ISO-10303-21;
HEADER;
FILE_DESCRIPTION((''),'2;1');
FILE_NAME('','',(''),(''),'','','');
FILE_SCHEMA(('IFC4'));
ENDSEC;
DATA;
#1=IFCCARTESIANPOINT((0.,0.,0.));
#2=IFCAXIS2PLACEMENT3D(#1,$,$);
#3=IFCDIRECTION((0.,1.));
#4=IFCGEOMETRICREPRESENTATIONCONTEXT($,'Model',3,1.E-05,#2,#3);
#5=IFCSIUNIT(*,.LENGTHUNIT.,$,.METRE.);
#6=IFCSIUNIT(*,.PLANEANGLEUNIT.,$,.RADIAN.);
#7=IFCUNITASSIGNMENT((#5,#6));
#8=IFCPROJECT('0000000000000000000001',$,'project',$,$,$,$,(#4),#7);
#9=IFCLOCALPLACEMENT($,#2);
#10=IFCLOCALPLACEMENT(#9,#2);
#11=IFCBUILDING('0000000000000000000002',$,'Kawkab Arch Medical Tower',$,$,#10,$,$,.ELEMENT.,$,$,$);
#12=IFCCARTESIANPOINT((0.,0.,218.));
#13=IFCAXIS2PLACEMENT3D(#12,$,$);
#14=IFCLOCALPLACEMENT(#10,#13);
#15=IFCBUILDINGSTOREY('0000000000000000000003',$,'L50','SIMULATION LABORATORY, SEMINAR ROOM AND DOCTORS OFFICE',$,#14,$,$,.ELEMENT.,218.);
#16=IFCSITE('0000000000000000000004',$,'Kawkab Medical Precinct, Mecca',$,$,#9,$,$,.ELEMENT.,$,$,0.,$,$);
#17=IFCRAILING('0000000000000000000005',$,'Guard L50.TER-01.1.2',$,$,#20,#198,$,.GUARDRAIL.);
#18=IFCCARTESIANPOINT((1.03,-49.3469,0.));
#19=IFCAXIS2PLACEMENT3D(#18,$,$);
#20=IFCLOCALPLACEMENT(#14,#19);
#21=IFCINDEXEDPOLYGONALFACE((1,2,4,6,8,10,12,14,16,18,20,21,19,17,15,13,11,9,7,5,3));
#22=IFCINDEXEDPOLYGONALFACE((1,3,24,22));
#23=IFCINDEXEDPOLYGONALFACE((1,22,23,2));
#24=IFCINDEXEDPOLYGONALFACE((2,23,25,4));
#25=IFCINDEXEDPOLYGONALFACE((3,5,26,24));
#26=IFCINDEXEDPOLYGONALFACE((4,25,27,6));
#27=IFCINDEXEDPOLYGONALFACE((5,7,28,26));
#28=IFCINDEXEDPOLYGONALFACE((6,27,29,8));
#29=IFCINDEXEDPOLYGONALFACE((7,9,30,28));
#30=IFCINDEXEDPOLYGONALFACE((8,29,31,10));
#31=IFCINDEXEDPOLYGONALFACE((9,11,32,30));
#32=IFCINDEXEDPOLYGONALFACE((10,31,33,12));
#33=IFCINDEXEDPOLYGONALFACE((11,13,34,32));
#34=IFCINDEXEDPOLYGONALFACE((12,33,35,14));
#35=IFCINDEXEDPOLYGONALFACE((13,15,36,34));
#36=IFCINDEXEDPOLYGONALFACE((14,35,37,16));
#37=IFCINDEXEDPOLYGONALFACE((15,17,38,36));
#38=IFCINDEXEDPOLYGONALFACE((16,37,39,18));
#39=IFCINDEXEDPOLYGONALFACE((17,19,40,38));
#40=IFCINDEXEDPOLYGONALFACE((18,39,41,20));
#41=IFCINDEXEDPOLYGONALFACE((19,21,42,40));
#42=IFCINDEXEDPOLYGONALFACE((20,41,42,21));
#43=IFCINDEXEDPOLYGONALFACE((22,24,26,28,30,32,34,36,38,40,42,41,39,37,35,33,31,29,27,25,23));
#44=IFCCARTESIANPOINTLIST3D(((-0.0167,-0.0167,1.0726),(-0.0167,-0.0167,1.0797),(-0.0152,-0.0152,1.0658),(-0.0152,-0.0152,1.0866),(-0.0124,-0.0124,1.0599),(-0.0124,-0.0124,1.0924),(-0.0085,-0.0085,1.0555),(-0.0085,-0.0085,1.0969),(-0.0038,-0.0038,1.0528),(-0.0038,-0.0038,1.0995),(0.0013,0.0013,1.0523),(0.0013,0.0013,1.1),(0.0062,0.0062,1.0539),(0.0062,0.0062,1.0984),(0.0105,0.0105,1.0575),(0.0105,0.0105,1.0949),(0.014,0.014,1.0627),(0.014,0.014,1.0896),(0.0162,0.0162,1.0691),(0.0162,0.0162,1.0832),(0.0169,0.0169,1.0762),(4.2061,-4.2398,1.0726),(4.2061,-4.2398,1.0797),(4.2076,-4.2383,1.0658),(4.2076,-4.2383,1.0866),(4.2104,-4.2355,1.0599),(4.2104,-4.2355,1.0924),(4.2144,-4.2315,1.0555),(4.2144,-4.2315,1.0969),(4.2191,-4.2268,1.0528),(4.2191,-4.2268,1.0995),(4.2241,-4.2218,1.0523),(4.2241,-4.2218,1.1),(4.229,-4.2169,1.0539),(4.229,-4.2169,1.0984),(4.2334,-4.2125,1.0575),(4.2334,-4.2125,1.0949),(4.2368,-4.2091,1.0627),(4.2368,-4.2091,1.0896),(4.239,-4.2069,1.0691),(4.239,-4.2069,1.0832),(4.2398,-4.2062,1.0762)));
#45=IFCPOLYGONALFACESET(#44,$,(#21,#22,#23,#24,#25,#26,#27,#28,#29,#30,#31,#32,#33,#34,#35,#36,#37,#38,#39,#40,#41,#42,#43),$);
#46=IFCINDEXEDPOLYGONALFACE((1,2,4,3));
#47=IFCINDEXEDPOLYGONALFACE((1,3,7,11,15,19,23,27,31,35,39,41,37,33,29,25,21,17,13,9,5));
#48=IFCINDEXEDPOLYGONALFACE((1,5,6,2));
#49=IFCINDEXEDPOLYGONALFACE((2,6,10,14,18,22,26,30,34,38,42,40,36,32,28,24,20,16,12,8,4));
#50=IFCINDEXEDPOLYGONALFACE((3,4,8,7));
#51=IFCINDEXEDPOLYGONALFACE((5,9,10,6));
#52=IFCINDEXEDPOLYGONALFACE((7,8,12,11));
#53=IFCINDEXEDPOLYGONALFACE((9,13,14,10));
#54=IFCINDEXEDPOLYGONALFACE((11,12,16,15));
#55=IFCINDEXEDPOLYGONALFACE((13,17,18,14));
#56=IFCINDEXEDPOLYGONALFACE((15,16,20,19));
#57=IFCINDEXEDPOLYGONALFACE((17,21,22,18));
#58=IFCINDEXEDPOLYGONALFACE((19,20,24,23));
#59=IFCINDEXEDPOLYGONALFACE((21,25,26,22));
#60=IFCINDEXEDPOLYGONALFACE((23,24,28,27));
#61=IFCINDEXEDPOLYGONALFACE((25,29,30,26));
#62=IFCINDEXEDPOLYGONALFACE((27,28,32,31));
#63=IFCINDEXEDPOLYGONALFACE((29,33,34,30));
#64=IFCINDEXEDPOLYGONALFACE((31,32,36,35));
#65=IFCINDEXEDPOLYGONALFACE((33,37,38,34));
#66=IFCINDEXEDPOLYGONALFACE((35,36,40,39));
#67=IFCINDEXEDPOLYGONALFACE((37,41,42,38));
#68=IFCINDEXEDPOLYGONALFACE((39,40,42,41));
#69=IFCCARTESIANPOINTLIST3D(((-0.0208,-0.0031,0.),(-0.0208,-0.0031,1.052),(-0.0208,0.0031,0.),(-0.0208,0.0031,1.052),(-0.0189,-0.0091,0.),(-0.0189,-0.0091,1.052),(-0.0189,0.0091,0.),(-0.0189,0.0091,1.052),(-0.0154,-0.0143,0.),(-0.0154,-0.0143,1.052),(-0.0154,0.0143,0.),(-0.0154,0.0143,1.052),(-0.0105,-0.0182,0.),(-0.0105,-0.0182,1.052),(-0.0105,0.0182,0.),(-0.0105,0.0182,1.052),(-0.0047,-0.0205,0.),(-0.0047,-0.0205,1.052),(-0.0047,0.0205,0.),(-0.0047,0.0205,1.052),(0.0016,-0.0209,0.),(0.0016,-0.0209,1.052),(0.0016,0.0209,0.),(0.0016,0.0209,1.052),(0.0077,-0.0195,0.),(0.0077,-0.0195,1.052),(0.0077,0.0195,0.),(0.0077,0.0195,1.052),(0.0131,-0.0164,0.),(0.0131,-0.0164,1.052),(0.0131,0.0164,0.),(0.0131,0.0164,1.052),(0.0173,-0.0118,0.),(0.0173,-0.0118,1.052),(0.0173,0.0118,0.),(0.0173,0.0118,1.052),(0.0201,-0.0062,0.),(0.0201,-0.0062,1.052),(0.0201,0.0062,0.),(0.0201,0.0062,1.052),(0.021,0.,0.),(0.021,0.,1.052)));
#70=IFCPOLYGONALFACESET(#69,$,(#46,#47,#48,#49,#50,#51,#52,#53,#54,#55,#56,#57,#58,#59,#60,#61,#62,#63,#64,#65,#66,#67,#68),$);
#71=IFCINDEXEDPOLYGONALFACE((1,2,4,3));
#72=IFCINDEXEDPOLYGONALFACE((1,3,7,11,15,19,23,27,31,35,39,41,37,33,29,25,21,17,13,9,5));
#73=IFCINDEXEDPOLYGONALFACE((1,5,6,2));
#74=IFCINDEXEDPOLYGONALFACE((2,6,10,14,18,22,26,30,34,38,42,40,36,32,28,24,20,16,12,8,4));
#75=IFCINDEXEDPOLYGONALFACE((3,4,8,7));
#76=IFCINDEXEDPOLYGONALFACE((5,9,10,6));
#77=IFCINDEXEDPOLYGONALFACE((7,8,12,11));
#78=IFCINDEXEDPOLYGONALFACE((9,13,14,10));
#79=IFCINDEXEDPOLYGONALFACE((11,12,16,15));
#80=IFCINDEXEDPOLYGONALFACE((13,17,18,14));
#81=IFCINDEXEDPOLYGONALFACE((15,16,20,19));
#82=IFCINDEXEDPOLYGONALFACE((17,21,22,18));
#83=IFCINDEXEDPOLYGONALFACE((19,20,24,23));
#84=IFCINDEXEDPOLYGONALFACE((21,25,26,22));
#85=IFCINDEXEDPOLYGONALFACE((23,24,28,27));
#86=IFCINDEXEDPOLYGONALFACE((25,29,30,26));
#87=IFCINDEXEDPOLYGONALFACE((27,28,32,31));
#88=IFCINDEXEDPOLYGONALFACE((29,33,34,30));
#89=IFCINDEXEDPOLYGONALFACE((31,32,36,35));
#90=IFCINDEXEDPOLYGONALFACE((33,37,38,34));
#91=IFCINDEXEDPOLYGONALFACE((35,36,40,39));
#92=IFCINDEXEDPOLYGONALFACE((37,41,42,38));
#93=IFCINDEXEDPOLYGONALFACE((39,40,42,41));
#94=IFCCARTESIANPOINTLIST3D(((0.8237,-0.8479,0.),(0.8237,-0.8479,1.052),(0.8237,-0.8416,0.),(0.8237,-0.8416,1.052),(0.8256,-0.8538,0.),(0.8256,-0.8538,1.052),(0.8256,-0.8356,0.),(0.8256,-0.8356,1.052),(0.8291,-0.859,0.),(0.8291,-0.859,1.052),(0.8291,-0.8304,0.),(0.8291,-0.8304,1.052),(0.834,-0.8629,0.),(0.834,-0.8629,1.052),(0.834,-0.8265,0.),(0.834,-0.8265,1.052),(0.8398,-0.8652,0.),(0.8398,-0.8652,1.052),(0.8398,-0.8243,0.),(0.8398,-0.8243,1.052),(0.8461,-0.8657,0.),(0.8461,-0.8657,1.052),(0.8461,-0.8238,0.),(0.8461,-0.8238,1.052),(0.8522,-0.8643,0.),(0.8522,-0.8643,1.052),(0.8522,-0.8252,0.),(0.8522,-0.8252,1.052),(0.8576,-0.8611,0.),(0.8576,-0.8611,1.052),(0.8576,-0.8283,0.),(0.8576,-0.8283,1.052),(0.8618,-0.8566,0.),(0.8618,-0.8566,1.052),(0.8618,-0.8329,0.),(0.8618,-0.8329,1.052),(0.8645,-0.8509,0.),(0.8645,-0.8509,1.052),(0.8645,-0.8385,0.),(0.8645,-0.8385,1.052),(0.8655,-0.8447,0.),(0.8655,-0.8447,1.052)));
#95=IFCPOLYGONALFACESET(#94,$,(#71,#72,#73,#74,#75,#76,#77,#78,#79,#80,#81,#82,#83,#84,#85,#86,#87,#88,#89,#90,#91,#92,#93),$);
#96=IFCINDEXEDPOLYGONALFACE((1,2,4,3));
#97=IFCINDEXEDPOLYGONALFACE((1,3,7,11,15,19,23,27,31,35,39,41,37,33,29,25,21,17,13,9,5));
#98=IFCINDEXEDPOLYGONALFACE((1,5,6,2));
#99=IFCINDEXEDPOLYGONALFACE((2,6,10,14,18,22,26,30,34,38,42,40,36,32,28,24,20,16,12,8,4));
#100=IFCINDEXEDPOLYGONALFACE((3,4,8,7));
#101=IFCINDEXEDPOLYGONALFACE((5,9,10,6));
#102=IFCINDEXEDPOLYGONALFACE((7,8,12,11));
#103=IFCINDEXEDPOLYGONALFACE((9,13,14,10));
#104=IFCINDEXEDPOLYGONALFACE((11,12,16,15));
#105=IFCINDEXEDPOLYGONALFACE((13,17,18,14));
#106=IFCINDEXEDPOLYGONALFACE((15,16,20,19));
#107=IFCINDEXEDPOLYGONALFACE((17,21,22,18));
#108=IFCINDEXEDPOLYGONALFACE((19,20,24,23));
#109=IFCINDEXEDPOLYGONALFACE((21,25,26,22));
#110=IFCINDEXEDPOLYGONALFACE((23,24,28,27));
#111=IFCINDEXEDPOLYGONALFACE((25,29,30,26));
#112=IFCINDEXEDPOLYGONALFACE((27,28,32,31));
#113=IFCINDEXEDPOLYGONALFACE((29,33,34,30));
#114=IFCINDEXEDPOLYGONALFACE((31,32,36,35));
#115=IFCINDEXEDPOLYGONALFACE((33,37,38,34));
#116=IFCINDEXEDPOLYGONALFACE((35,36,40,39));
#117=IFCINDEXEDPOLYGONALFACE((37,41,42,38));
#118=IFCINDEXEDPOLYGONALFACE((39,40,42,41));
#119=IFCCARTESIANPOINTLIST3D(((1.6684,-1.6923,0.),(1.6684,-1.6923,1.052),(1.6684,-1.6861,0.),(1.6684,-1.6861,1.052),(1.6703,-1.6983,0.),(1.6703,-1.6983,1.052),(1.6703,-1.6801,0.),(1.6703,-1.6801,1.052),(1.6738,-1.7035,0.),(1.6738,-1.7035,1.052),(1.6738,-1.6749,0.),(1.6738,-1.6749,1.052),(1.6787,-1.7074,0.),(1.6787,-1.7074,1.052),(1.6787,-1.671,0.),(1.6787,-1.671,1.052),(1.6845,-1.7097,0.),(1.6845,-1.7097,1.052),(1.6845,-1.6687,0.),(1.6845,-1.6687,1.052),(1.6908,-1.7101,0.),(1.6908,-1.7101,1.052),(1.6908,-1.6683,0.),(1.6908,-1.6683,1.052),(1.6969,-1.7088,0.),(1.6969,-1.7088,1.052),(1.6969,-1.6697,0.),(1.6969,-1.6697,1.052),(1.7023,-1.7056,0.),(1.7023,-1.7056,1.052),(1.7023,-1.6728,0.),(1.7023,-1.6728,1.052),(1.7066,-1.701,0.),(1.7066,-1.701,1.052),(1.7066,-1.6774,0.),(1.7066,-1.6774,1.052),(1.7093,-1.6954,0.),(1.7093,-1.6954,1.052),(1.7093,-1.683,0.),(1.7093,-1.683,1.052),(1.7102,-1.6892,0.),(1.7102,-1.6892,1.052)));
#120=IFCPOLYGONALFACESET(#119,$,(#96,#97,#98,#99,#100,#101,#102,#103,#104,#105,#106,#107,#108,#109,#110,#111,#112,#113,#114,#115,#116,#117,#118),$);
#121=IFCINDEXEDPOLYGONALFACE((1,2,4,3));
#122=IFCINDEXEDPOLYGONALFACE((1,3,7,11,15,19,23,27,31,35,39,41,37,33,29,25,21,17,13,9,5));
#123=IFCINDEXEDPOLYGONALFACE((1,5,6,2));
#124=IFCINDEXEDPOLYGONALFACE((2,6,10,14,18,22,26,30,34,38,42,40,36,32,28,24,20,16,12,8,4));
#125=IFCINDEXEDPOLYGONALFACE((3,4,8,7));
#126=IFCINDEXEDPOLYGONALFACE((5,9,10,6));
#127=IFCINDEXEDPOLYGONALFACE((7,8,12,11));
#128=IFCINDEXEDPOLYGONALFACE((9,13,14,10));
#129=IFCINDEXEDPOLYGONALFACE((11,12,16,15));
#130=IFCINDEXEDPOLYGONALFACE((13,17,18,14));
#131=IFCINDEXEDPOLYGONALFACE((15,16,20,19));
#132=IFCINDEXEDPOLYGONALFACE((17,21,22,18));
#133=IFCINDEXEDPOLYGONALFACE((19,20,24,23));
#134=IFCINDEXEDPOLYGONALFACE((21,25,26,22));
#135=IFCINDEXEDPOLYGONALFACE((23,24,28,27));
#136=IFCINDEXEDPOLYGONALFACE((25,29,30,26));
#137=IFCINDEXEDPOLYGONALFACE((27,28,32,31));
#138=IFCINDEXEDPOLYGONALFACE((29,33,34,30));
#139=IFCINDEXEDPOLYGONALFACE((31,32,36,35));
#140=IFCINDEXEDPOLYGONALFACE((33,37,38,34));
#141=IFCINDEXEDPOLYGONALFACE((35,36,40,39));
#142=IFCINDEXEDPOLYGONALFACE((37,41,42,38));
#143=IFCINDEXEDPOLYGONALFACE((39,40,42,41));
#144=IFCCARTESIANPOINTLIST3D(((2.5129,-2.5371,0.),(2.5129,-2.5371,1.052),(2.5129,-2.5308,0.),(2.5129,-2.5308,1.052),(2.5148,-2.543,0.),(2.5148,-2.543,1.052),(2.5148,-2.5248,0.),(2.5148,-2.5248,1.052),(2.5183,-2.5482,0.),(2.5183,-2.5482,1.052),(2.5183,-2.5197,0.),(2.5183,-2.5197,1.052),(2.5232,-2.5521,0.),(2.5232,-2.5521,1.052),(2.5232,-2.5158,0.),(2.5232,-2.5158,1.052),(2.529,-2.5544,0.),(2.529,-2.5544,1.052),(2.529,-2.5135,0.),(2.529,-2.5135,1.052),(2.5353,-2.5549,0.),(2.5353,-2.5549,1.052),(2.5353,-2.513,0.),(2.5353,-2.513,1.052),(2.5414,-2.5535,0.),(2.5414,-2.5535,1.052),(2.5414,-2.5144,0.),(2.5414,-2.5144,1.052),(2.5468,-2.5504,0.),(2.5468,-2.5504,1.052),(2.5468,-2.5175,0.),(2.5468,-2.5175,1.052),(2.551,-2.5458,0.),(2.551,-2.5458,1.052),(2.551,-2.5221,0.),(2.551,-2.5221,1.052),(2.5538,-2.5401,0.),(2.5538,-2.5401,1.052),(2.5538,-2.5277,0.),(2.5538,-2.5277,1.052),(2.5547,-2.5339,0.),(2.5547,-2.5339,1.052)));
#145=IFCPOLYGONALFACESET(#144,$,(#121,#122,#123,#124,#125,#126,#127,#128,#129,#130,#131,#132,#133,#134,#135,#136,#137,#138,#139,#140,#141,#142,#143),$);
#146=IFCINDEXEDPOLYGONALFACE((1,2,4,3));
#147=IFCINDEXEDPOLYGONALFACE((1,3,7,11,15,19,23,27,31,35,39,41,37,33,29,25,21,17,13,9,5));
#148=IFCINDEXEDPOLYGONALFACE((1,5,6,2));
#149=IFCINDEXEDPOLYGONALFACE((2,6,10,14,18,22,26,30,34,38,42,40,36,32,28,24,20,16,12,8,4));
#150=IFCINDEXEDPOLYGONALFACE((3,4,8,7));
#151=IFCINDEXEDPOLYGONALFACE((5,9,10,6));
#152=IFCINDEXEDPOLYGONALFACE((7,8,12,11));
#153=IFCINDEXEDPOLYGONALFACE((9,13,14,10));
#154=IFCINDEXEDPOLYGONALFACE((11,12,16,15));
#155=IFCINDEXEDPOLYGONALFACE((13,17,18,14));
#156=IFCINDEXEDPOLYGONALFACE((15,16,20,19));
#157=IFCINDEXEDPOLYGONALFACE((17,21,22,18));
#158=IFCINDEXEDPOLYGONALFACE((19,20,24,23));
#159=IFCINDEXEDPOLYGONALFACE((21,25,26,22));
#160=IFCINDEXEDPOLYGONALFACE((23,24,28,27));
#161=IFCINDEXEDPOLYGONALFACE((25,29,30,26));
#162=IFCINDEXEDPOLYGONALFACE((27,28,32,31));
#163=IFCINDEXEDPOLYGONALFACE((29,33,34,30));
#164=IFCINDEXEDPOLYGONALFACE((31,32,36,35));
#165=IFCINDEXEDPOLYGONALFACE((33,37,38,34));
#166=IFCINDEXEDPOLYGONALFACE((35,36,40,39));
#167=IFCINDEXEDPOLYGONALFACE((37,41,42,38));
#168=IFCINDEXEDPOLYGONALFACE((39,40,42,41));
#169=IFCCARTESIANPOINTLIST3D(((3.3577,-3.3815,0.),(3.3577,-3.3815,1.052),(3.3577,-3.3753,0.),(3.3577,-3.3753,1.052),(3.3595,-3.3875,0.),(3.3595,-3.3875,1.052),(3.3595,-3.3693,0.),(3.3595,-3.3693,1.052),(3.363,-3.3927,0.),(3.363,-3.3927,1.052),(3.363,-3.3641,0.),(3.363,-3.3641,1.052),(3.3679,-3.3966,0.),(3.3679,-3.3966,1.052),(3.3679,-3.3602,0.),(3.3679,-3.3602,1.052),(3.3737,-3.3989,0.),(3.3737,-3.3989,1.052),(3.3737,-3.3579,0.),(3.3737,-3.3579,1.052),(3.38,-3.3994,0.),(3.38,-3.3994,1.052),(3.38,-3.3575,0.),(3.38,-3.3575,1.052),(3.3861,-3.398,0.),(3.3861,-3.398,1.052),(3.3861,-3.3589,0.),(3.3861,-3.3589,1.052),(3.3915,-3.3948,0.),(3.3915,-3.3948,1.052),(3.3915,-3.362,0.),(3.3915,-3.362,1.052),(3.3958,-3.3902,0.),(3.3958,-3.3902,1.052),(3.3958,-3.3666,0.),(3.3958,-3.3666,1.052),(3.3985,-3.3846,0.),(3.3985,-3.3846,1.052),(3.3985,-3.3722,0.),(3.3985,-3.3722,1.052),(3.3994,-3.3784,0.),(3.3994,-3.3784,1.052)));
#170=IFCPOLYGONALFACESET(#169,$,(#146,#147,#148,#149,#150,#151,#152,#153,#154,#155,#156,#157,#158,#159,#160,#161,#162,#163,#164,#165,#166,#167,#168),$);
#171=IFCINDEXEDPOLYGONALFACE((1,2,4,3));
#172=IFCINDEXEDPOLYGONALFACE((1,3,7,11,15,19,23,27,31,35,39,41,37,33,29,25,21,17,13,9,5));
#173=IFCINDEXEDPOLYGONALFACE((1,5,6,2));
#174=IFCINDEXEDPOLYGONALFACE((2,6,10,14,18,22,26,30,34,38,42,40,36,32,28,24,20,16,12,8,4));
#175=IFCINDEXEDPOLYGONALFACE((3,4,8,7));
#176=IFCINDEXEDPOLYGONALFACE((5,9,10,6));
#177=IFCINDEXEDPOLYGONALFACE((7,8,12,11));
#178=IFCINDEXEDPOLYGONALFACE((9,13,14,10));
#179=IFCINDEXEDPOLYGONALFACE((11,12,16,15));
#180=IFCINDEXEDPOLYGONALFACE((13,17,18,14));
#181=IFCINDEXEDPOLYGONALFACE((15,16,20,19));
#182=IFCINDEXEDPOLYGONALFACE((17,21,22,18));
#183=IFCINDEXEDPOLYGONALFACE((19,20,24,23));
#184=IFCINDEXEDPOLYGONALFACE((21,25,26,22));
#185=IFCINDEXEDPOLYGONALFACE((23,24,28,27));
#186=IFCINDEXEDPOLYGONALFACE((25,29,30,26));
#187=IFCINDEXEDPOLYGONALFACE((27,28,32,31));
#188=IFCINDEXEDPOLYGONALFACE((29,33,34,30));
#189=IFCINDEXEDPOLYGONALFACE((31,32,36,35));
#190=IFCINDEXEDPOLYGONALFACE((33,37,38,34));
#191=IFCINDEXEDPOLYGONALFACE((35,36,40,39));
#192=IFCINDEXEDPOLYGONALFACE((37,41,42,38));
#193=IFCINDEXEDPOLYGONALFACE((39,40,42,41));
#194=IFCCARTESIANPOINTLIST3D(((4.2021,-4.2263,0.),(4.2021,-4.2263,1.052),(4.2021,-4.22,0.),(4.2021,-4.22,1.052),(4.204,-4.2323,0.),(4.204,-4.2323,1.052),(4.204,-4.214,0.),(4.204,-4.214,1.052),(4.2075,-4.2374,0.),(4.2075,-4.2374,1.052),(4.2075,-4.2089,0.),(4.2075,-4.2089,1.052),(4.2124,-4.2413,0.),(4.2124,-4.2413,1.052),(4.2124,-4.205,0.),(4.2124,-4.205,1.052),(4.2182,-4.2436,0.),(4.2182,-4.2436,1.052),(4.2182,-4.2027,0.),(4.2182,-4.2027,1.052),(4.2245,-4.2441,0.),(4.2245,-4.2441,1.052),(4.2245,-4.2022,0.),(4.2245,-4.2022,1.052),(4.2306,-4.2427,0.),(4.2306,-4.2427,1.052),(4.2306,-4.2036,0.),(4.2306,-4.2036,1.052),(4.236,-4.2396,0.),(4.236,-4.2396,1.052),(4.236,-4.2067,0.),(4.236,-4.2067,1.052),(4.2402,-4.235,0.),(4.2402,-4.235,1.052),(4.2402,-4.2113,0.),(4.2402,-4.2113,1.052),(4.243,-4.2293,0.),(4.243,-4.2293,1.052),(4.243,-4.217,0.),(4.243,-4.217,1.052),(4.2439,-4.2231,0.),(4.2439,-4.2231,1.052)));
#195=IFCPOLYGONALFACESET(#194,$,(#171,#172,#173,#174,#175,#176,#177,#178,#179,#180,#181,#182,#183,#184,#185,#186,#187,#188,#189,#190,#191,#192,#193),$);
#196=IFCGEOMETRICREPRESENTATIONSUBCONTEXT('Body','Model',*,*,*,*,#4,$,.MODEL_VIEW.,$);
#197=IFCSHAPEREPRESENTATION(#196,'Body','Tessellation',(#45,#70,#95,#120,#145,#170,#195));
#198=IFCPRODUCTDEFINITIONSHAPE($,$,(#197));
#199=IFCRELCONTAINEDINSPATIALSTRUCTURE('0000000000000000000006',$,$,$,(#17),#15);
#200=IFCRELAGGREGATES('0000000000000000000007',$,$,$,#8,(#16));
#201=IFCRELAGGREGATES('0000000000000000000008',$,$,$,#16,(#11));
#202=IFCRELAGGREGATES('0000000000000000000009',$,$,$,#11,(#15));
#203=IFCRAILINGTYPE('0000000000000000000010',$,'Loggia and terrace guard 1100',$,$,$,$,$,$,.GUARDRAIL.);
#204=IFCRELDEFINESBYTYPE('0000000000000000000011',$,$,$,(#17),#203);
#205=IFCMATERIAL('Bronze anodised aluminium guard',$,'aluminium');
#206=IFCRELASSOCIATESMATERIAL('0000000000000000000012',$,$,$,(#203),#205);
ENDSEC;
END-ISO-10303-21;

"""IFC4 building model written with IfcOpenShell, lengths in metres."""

from ifc_helpers import new_model, si_unit, direction, frame, origin, origin_2d, place, context, subcontext, project, spatial, circle, extrude, material, type_object, element, save


model = new_model("IFC4")

# Units and contexts
model_context = context("Model", 3, precision=1e-05, world=origin(), true_north=direction((0.0, 1.0)))
body_context = subcontext(model_context, "Body", "Model", "MODEL_VIEW")
ifc_project = project(units=[si_unit("LENGTHUNIT", "METRE"), si_unit("PLANEANGLEUNIT", "RADIAN")], contexts=[model_context])

# Site, building, storey
site_placement = place(None, origin())
site = spatial("IfcSite", under=ifc_project, at=site_placement, Name="Kawkab Medical Precinct, Mecca", CompositionType="ELEMENT", RefElevation=0.0)
building_placement = place(site_placement, origin())
building = spatial("IfcBuilding", under=site, at=building_placement, Name="Kawkab Arch Medical Tower", CompositionType="ELEMENT")
storey_placement = place(building_placement, frame((0.0, 0.0, 218.0)))
storey = spatial("IfcBuildingStorey", under=building, at=storey_placement, Name="L50", Description="SIMULATION LABORATORY, SEMINAR ROOM AND DOCTORS OFFICE", CompositionType="ELEMENT", Elevation=218.0)

# Railing
ifc_material_1 = material(Name="Bronze anodised aluminium guard", Category="aluminium")
railing_type_1 = type_object("IfcRailingType", Name="Loggia and terrace guard 1100", PredefinedType="GUARDRAIL", material=ifc_material_1)
railing_1_placement = place(storey_placement, frame((1.03, -49.3469, 0.0)))
element("IfcRailing", 1, at=railing_1_placement, inside=storey, type_object=railing_type_1, Name="Guard L50.TER-01.1.2", PredefinedType="GUARDRAIL", context=body_context, shape_type="SweptSolid", body=[
    extrude(circle(Radius=0.0239, at=origin_2d()), frame((0.0, 0.0, 1.0762), z_axis=(0.707086, -0.707127, 0.0), x_axis=(0.707127, 0.707086, 0.0)), (0.0, 0.0, 1.0), 5.9722),
    extrude(circle(Radius=0.021, at=origin_2d()), origin(), (0.0, 0.0, 1.0), 1.052),
    extrude(circle(Radius=0.021, at=origin_2d()), frame((0.8445, -0.8447, 0.0)), (0.0, 0.0, 1.0), 1.052),
    extrude(circle(Radius=0.021, at=origin_2d()), frame((1.6892, -1.6892, 0.0)), (0.0, 0.0, 1.0), 1.052),
    extrude(circle(Radius=0.021, at=origin_2d()), frame((2.5337, -2.5339, 0.0)), (0.0, 0.0, 1.0), 1.052),
    extrude(circle(Radius=0.021, at=origin_2d()), frame((3.3784, -3.3784, 0.0)), (0.0, 0.0, 1.0), 1.052),
    extrude(circle(Radius=0.021, at=origin_2d()), frame((4.2229, -4.2231, 0.0)), (0.0, 0.0, 1.0), 1.052),
])

save(model, "model.ifc")
